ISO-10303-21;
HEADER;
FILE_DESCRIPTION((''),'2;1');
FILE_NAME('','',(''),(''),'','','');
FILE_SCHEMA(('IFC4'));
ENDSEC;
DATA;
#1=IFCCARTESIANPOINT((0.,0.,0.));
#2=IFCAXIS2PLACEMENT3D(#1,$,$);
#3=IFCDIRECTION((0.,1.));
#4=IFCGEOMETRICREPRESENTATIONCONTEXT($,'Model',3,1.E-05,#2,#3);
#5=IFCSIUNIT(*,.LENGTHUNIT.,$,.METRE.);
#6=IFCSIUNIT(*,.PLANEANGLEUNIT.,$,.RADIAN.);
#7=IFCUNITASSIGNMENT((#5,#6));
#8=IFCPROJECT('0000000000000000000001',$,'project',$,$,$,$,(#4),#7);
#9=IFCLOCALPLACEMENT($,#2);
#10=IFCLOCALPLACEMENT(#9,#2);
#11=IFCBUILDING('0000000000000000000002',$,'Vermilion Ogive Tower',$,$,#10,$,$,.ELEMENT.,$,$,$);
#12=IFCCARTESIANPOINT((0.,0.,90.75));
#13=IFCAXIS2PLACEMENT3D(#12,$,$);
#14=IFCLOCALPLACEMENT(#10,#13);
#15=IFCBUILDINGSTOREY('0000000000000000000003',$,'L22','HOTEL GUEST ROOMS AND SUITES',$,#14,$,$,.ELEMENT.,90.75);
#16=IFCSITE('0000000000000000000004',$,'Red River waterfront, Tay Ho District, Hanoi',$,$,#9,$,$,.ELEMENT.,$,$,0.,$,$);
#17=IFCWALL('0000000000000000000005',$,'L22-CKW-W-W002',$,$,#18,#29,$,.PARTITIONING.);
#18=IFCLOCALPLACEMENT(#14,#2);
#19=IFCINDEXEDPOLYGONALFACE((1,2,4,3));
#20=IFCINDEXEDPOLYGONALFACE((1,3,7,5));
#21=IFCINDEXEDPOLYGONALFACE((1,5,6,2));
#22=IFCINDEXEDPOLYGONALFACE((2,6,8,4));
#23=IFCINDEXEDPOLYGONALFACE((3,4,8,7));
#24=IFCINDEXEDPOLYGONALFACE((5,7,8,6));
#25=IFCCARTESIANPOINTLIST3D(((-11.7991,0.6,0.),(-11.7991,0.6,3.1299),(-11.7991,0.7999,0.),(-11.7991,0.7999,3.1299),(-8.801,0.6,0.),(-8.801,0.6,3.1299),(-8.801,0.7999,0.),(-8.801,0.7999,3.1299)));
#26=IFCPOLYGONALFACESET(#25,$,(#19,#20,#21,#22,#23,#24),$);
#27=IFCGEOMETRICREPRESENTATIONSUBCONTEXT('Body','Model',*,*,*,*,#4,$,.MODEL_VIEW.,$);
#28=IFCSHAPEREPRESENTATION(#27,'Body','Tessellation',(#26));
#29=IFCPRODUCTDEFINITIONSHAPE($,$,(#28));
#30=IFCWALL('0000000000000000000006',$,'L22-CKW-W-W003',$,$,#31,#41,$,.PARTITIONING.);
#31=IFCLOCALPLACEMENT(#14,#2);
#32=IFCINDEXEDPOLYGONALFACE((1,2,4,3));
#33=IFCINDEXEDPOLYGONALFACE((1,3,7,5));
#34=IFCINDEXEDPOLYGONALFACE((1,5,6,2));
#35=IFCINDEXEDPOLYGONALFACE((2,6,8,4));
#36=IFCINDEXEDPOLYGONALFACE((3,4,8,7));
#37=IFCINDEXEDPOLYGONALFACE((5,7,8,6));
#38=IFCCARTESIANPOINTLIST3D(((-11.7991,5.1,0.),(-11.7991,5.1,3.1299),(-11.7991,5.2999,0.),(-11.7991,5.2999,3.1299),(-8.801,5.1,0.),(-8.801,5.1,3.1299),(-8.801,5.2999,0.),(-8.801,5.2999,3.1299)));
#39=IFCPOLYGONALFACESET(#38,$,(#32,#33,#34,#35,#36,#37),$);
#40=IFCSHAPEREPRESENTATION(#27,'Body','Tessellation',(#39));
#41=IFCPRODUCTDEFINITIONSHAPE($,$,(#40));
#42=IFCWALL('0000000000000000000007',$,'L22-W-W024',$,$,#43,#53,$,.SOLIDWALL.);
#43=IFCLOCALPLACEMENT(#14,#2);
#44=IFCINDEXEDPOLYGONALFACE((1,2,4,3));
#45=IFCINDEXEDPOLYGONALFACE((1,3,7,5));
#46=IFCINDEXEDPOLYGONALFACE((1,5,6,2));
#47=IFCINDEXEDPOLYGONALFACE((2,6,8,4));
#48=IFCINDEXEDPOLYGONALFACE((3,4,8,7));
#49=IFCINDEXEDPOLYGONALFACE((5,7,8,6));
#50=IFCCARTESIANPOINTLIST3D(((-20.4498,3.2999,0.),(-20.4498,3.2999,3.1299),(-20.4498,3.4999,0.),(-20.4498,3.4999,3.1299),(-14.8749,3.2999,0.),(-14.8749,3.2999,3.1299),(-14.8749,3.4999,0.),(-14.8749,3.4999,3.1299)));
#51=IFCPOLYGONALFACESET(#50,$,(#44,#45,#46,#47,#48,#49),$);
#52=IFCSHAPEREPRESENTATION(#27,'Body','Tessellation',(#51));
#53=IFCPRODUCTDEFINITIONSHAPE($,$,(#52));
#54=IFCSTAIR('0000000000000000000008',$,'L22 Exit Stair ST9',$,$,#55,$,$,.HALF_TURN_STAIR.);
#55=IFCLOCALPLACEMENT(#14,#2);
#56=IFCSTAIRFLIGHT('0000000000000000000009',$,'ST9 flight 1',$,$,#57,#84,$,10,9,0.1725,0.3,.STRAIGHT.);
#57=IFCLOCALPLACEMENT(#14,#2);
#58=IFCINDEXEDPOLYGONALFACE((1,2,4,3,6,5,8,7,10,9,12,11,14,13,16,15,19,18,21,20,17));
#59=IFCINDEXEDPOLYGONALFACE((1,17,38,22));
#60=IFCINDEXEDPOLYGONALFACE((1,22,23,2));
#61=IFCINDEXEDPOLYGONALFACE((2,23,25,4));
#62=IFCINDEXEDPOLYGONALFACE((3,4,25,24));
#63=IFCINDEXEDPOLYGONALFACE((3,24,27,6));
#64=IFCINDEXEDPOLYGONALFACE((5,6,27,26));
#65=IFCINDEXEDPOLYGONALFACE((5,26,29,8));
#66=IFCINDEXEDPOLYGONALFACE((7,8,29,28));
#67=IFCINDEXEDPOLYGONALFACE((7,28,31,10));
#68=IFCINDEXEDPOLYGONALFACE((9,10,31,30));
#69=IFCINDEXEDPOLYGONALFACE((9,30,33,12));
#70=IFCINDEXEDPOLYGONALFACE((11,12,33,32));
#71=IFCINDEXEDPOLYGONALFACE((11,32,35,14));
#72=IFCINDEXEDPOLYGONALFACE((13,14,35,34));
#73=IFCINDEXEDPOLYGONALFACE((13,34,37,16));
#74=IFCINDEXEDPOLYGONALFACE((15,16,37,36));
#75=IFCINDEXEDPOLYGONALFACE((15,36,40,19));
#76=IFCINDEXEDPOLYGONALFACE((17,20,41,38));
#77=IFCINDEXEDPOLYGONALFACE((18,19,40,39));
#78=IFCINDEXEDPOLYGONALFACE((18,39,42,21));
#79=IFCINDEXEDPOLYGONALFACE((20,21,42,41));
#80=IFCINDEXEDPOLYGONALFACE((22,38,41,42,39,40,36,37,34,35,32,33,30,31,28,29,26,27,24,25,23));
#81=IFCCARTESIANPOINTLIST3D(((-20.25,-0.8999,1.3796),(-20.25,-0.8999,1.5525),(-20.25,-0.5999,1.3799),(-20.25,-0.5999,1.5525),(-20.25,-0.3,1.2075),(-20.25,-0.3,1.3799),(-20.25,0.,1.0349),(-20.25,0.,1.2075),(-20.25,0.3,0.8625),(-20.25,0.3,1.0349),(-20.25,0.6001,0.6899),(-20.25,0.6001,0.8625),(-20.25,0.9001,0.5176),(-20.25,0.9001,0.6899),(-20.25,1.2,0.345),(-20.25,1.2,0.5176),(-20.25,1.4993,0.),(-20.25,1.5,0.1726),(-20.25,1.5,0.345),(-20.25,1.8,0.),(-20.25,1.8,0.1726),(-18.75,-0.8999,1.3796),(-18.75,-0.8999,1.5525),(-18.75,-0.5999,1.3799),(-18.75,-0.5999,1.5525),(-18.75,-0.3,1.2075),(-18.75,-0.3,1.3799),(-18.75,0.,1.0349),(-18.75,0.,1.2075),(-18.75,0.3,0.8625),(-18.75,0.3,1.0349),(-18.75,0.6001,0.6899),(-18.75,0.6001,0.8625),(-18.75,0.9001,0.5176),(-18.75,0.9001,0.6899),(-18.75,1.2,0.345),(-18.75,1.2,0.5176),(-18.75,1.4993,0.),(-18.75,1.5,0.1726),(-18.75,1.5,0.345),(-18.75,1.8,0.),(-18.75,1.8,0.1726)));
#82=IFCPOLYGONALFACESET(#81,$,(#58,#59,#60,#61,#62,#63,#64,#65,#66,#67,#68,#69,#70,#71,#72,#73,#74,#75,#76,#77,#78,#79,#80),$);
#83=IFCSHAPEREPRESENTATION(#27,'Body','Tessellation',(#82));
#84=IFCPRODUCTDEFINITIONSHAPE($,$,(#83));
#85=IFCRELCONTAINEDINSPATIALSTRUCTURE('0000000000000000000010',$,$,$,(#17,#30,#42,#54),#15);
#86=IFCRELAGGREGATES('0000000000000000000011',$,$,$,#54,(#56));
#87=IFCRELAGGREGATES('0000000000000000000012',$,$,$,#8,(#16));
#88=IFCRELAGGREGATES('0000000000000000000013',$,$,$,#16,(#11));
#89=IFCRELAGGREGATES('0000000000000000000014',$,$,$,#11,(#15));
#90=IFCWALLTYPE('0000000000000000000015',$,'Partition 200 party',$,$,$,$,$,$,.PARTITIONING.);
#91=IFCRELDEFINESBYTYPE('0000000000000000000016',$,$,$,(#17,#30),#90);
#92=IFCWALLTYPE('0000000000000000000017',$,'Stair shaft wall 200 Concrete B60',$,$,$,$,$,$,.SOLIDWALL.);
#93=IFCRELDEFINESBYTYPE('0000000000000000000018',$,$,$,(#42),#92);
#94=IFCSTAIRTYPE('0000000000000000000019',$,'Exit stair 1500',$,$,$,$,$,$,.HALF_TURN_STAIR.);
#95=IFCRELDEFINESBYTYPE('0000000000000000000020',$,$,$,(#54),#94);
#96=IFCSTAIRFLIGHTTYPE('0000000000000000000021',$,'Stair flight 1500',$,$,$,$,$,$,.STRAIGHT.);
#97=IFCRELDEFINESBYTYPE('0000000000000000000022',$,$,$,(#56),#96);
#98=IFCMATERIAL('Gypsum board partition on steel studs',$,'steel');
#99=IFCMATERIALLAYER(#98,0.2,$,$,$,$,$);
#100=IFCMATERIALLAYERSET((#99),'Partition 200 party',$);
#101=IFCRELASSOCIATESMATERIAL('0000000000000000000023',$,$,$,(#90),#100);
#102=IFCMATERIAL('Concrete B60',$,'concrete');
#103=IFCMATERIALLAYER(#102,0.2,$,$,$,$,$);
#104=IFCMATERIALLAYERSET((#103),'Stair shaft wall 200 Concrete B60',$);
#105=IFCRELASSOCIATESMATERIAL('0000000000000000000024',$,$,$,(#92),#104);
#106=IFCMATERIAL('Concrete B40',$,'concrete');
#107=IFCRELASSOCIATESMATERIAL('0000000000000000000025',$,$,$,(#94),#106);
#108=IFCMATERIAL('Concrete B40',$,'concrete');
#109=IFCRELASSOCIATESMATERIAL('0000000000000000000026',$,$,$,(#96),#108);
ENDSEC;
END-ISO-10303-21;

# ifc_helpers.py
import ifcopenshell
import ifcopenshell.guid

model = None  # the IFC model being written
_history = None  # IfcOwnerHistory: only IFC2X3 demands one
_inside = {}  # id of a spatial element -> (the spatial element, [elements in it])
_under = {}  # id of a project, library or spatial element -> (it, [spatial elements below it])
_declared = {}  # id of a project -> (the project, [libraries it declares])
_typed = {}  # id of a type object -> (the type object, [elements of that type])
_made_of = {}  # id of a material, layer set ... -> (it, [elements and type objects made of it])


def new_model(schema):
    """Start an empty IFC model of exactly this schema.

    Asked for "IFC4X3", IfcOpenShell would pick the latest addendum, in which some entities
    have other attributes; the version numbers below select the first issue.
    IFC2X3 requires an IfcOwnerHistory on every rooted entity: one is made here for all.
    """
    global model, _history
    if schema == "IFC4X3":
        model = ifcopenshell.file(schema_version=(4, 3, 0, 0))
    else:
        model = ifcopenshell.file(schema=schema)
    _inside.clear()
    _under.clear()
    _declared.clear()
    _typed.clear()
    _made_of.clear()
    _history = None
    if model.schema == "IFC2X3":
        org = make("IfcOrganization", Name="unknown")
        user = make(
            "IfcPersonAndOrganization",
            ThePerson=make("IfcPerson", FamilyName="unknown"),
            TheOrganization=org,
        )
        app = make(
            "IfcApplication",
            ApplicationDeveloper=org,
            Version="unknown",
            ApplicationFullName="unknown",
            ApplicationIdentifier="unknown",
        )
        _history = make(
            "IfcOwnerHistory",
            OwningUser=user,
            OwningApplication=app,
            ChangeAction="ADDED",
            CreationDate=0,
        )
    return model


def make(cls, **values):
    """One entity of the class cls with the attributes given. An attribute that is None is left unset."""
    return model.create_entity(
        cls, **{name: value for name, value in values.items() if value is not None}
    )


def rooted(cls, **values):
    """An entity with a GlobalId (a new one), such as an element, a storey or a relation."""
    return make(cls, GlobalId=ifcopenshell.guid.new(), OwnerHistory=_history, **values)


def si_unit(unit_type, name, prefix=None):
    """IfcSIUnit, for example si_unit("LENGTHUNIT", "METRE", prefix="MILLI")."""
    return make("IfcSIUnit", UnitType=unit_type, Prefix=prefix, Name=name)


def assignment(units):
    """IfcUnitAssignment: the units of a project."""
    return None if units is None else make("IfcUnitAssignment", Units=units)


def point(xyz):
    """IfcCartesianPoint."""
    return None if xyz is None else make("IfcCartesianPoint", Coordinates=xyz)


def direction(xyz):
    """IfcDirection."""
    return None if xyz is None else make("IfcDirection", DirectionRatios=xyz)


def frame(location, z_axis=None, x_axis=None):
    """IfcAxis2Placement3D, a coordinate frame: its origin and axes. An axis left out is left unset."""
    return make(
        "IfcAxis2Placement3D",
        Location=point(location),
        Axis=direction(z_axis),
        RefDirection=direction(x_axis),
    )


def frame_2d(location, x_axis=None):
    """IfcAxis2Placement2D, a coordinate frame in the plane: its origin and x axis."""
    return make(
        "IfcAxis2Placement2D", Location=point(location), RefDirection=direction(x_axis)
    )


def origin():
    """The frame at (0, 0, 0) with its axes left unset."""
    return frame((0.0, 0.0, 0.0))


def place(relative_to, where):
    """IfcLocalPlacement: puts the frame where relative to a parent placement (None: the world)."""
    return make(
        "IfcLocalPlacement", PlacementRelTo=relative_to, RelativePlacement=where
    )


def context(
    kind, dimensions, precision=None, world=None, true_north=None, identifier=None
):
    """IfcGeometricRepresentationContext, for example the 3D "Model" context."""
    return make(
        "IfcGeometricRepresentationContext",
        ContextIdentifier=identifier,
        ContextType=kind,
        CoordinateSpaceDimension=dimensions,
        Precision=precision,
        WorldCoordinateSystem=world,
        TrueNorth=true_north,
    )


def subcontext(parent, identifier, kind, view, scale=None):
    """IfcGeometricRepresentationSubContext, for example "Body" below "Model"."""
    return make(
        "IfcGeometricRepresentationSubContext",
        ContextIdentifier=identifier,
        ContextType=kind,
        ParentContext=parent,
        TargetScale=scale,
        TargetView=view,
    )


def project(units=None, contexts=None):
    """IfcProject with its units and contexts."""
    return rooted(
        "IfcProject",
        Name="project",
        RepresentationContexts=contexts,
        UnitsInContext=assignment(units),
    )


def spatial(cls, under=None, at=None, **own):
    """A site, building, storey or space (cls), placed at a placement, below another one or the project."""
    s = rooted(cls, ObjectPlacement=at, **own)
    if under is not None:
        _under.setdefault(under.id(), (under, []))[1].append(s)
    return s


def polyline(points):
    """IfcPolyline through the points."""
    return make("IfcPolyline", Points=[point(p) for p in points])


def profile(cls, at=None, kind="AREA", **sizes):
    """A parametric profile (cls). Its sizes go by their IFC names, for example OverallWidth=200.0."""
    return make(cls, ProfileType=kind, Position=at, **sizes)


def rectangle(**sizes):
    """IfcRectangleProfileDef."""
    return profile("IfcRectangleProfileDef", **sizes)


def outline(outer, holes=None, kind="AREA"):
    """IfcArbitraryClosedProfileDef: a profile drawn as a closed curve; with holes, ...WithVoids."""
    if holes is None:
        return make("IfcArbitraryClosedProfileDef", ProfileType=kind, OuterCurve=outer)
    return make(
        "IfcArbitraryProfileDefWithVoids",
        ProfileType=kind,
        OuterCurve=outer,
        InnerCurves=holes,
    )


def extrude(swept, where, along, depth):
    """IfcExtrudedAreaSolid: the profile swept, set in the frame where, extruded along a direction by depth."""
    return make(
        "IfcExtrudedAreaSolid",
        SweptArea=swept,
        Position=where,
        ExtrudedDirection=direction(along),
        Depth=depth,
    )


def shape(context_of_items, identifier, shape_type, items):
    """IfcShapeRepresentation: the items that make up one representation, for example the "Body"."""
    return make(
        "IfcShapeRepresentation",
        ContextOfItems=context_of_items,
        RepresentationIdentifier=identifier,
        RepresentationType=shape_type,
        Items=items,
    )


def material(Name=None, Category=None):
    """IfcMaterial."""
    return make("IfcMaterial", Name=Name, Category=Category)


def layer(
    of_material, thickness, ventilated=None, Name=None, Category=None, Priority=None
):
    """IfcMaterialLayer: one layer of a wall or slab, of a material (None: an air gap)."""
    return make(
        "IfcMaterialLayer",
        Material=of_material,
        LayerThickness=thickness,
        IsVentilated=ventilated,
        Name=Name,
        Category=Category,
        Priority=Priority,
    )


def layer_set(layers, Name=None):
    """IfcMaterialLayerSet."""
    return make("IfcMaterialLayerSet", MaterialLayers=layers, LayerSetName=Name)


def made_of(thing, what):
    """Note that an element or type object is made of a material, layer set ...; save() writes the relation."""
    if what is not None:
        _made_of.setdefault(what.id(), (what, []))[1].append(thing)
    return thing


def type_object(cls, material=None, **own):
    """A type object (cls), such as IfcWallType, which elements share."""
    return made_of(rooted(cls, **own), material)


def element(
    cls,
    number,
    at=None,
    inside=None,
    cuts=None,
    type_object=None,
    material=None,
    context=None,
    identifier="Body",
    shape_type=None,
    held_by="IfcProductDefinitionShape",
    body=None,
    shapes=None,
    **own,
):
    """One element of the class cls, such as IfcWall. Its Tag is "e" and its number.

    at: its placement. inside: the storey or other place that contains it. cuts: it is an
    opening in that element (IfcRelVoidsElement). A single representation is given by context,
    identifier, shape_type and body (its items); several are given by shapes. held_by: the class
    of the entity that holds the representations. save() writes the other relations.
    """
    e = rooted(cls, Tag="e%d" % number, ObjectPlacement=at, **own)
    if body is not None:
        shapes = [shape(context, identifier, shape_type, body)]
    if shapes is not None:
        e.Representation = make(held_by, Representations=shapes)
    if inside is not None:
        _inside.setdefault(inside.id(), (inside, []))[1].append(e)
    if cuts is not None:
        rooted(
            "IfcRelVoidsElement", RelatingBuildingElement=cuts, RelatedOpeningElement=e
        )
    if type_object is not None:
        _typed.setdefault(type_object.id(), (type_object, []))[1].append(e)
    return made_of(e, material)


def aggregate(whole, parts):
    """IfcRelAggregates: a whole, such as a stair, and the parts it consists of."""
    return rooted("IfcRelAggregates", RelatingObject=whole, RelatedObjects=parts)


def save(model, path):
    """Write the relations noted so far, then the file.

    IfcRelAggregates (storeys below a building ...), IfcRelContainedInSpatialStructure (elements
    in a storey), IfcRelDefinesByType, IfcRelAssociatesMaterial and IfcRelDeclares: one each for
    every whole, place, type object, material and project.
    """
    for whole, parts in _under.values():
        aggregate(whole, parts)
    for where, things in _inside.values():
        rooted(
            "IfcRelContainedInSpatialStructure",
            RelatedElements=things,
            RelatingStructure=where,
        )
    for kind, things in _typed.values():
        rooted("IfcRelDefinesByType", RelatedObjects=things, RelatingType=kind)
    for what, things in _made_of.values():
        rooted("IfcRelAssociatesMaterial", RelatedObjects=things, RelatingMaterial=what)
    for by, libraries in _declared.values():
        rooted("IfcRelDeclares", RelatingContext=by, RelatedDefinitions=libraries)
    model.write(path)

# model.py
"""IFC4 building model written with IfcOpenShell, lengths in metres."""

from ifc_helpers import new_model, si_unit, direction, frame, frame_2d, origin, place, context, subcontext, project, spatial, polyline, rectangle, outline, extrude, material, layer, layer_set, type_object, element, aggregate, save


model = new_model("IFC4")

# Units and contexts
model_context = context("Model", 3, precision=1e-05, world=origin(), true_north=direction((0.0, 1.0)))
body_context = subcontext(model_context, "Body", "Model", "MODEL_VIEW")
ifc_project = project(units=[si_unit("LENGTHUNIT", "METRE"), si_unit("PLANEANGLEUNIT", "RADIAN")], contexts=[model_context])

# Site, building, storey
site_placement = place(None, origin())
site = spatial("IfcSite", under=ifc_project, at=site_placement, Name="Red River waterfront, Tay Ho District, Hanoi", CompositionType="ELEMENT", RefElevation=0.0)
building_placement = place(site_placement, origin())
building = spatial("IfcBuilding", under=site, at=building_placement, Name="Vermilion Ogive Tower", CompositionType="ELEMENT")
storey_placement = place(building_placement, frame((0.0, 0.0, 90.75)))
storey = spatial("IfcBuildingStorey", under=building, at=storey_placement, Name="L22", Description="HOTEL GUEST ROOMS AND SUITES", CompositionType="ELEMENT", Elevation=90.75)

# Walls
ifc_material_1 = material(Name="Gypsum board partition on steel studs", Category="steel")
ifc_layer_1 = layer(ifc_material_1, 0.2)
ifc_layer_set_1 = layer_set([ifc_layer_1], Name="Partition 200 party")
wall_type_1 = type_object("IfcWallType", Name="Partition 200 party", PredefinedType="PARTITIONING", material=ifc_layer_set_1)
for number, where, z_axis, x_axis, name in (
    (1, (-11.7991, 0.7, 0.0), (0.0, 0.0, 1.0), (1.0, 0.0, 0.0), "L22-CKW-W-W002"),
    (2, (-11.7991, 5.2, 0.0), (0.0, 0.0, 1.0), (1.0, 0.0, 0.0), "L22-CKW-W-W003"),
):
    element("IfcWall", number, at=place(storey_placement, frame(where, z_axis=z_axis, x_axis=x_axis)), inside=storey, type_object=wall_type_1, Name=name, PredefinedType="PARTITIONING", context=body_context, shape_type="SweptSolid", body=[
        extrude(rectangle(XDim=2.998, YDim=0.2, at=frame_2d((1.499, 0.0))), origin(), (0.0, 0.0, 1.0), 3.1299),
    ])
ifc_material_2 = material(Name="Concrete B60", Category="concrete")
ifc_layer_2 = layer(ifc_material_2, 0.2)
ifc_layer_set_2 = layer_set([ifc_layer_2], Name="Stair shaft wall 200 Concrete B60")
wall_type_2 = type_object("IfcWallType", Name="Stair shaft wall 200 Concrete B60", PredefinedType="SOLIDWALL", material=ifc_layer_set_2)
wall_1_placement = place(storey_placement, frame((-20.45, 3.3999, 0.0), z_axis=(0.0, 0.0, 1.0), x_axis=(1.0, 0.0, 0.0)))
element("IfcWall", 3, at=wall_1_placement, inside=storey, type_object=wall_type_2, Name="L22-W-W024", PredefinedType="SOLIDWALL", context=body_context, shape_type="SweptSolid", body=[
    extrude(rectangle(XDim=5.575, YDim=0.2, at=frame_2d((2.7876, 0.0))), origin(), (0.0, 0.0, 1.0), 3.1299),
])

# Stair, stair flight
ifc_material_3 = material(Name="Concrete B40", Category="concrete")
stair_type = type_object("IfcStairType", Name="Exit stair 1500", PredefinedType="HALF_TURN_STAIR", material=ifc_material_3)
stair_placement = place(storey_placement, origin())
stair = element("IfcStair", 4, at=stair_placement, inside=storey, type_object=stair_type, Name="L22 Exit Stair ST9", PredefinedType="HALF_TURN_STAIR")
ifc_material_4 = material(Name="Concrete B40", Category="concrete")
stair_flight_type = type_object("IfcStairFlightType", Name="Stair flight 1500", PredefinedType="STRAIGHT", material=ifc_material_4)
stair_flight_placement = place(storey_placement, frame((-19.5, 1.8, 0.0), z_axis=(0.0, 0.0, 1.0), x_axis=(0.0, -1.0, 0.0)))
stair_flight = element("IfcStairFlight", 5, at=stair_flight_placement, type_object=stair_flight_type, Name="ST9 flight 1", NumberOfRisers=10, NumberOfTreads=9, PredefinedType="STRAIGHT", RiserHeight=0.1725, TreadLength=0.3, context=body_context, shape_type="SweptSolid", body=[
    extrude(outline(polyline([(0.0, 0.0), (0.0, 0.1726), (0.3, 0.1726), (0.3, 0.345), (0.6001, 0.345), (0.6001, 0.5176), (0.8999, 0.5176), (0.8999, 0.6899), (1.2, 0.6899), (1.2, 0.8625), (1.5, 0.8625), (1.5, 1.0349), (1.8, 1.0349), (1.8, 1.2075), (2.1001, 1.2075), (2.1001, 1.3799), (2.3999, 1.3799), (2.3999, 1.5525), (2.7, 1.5525), (2.7, 1.7251), (2.7, 1.3796), (0.3008, 0.0), (0.0, 0.0)])), frame((0.0, 0.75, 0.0), z_axis=(0.0, -1.0, 0.0), x_axis=(1.0, 0.0, 0.0)), (0.0, 0.0, 1.0), 1.5),
])
aggregate(stair, [stair_flight])

save(model, "model.ifc")
